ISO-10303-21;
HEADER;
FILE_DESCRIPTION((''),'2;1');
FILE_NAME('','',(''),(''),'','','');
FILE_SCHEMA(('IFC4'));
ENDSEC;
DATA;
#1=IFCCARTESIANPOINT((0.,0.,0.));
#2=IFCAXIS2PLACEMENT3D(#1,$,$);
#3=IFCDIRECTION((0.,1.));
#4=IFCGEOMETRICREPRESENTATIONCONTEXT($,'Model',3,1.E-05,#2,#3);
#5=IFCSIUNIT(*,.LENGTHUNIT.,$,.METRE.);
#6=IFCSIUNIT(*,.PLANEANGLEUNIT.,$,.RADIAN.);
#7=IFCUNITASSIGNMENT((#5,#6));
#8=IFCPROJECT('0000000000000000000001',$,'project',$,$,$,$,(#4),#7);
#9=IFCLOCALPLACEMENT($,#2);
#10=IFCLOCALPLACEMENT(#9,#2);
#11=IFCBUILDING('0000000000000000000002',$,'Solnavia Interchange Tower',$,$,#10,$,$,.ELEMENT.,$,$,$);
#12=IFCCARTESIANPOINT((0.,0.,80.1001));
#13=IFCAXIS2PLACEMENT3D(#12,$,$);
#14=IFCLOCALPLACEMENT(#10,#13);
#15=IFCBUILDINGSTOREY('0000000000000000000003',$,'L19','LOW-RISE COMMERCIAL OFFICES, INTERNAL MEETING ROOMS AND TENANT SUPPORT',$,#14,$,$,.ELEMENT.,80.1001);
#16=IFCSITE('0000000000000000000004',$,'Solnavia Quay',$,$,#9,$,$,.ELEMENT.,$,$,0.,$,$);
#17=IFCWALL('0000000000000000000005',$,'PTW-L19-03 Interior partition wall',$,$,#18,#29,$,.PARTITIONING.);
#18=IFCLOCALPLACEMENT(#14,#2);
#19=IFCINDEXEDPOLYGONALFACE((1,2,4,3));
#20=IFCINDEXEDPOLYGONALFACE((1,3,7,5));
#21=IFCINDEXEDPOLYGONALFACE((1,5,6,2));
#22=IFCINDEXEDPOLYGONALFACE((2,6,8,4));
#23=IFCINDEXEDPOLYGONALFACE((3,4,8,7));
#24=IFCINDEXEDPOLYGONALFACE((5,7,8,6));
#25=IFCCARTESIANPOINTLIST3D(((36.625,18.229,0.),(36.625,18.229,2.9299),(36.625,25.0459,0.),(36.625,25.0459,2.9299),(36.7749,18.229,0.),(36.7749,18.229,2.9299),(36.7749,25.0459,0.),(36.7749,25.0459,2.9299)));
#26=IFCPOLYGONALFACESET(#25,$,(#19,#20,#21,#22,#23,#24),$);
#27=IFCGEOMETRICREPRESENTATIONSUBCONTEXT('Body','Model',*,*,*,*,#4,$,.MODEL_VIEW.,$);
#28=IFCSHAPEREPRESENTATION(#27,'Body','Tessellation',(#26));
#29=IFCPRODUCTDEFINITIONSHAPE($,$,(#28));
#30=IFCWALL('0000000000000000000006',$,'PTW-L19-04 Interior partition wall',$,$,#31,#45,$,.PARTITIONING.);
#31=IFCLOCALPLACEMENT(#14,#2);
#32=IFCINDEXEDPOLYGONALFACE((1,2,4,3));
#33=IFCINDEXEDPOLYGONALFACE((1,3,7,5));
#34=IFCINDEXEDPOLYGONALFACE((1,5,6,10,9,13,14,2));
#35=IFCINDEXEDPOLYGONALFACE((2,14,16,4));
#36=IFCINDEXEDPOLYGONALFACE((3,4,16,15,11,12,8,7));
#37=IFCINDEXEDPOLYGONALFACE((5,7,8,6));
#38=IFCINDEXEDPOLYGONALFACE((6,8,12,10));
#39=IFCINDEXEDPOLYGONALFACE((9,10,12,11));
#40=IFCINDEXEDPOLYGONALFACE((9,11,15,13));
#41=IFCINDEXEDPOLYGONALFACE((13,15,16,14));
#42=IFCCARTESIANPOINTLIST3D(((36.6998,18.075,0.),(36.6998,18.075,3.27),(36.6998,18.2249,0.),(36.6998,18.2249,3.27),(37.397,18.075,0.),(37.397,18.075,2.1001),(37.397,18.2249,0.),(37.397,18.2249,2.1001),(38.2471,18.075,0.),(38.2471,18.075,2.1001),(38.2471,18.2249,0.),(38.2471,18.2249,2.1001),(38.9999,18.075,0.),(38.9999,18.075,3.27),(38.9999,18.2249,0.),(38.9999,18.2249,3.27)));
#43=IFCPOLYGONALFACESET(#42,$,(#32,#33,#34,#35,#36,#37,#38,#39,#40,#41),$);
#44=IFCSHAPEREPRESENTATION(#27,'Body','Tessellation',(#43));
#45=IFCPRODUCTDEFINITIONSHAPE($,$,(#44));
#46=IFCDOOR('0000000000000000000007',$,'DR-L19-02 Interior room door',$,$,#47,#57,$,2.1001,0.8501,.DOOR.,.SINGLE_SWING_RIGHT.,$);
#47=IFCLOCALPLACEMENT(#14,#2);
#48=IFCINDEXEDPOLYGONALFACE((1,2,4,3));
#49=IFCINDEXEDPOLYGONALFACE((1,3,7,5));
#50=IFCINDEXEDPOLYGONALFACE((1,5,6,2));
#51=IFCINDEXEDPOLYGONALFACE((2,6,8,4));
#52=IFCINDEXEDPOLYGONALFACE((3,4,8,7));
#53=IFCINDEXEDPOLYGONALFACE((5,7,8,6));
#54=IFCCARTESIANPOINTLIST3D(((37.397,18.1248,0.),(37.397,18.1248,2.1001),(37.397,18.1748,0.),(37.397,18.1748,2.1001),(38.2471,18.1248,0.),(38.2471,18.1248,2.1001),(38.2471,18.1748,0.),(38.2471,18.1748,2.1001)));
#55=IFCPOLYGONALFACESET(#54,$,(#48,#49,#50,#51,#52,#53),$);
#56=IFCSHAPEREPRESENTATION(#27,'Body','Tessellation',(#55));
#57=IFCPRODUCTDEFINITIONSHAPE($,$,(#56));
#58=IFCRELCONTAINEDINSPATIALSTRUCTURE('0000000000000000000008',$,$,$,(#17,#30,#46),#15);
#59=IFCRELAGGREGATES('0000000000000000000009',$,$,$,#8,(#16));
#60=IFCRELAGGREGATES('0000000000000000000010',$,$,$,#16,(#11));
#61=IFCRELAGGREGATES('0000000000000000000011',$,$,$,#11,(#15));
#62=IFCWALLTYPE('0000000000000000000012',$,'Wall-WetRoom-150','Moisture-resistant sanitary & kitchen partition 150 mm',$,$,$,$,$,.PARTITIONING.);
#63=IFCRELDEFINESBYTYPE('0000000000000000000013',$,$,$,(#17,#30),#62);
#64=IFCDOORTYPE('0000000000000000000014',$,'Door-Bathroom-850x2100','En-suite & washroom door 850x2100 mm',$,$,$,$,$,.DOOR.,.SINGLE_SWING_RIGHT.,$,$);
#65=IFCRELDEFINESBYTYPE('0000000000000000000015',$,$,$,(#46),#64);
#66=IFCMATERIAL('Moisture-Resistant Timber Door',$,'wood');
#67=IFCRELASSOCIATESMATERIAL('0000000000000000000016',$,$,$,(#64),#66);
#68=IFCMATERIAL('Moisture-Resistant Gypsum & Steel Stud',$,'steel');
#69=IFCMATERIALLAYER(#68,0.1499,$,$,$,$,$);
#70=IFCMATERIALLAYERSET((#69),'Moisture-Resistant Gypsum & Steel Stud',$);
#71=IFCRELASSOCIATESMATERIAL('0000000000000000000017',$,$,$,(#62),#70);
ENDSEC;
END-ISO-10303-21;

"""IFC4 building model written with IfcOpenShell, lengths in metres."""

from ifc_helpers import new_model, si_unit, direction, frame, frame_2d, origin, place, context, subcontext, project, spatial, rectangle, extrude, material, layer, layer_set, type_object, element, fill, save


model = new_model("IFC4")

# Units and contexts
model_context = context("Model", 3, precision=1e-05, world=origin(), true_north=direction((0.0, 1.0)))
body_context = subcontext(model_context, "Body", "Model", "MODEL_VIEW")
ifc_project = project(units=[si_unit("LENGTHUNIT", "METRE"), si_unit("PLANEANGLEUNIT", "RADIAN")], contexts=[model_context])

# Site, building, storey
site_placement = place(None, origin())
site = spatial("IfcSite", under=ifc_project, at=site_placement, Name="Solnavia Quay", CompositionType="ELEMENT", RefElevation=0.0)
building_placement = place(site_placement, origin())
building = spatial("IfcBuilding", under=site, at=building_placement, Name="Solnavia Interchange Tower", CompositionType="ELEMENT")
storey_placement = place(building_placement, frame((0.0, 0.0, 80.1001)))
storey = spatial("IfcBuildingStorey", under=building, at=storey_placement, Name="L19", Description="LOW-RISE COMMERCIAL OFFICES, INTERNAL MEETING ROOMS AND TENANT SUPPORT", CompositionType="ELEMENT", Elevation=80.1001)

# Shared definitions
ifc_material_1 = material(Name="Moisture-Resistant Timber Door", Category="wood")
door_type_1 = type_object("IfcDoorType", Name="Door-Bathroom-850x2100", Description="En-suite & washroom door 850x2100 mm", OperationType="SINGLE_SWING_RIGHT", PredefinedType="DOOR", material=ifc_material_1)

# Shared definitions
ifc_material_2 = material(Name="Moisture-Resistant Gypsum & Steel Stud", Category="steel")
ifc_layer_1 = layer(ifc_material_2, 0.1499)
ifc_layer_set_1 = layer_set([ifc_layer_1], Name="Moisture-Resistant Gypsum & Steel Stud")
wall_type_1 = type_object("IfcWallType", Name="Wall-WetRoom-150", Description="Moisture-resistant sanitary & kitchen partition 150 mm", PredefinedType="PARTITIONING", material=ifc_layer_set_1)

# Wall
wall_1_placement = place(storey_placement, frame((36.7, 18.229, 0.0), z_axis=(0.0, 0.0, 1.0), x_axis=(0.0, 1.0, 0.0)))
element("IfcWall", 1, at=wall_1_placement, inside=storey, type_object=wall_type_1, Name="PTW-L19-03 Interior partition wall", PredefinedType="PARTITIONING", context=body_context, shape_type="SweptSolid", body=[
    extrude(rectangle(XDim=6.8169, YDim=0.1499, at=frame_2d((3.4084, 0.0))), origin(), (0.0, 0.0, 1.0), 2.9299),
])

# Wall, opening, door
wall_2_placement = place(storey_placement, frame((36.7, 18.1499, 0.0), z_axis=(0.0, 0.0, 1.0), x_axis=(1.0, 0.0, 0.0)))
wall_2 = element("IfcWall", 2, at=wall_2_placement, inside=storey, type_object=wall_type_1, Name="PTW-L19-04 Interior partition wall", PredefinedType="PARTITIONING", context=body_context, shape_type="SweptSolid", body=[
    extrude(rectangle(XDim=2.3, YDim=0.1499, at=frame_2d((1.1499, 0.0))), origin(), (0.0, 0.0, 1.0), 3.27),
])
opening_1_placement = place(wall_2_placement, frame((0.697, 0.0, 0.0)))
opening_1 = element("IfcOpeningElement", 3, at=opening_1_placement, cuts=wall_2, PredefinedType="OPENING", context=body_context, shape_type="SweptSolid", body=[
    extrude(rectangle(XDim=0.8501, YDim=2.1001, at=frame_2d((0.425, 1.05))), frame((0.0, 0.085, 0.0), z_axis=(0.0, -1.0, 0.0), x_axis=(1.0, 0.0, 0.0)), (0.0, 0.0, 1.0), 0.1699),
])
door_1_placement = place(opening_1_placement, origin())
door_1 = element("IfcDoor", 4, at=door_1_placement, inside=storey, type_object=door_type_1, Name="DR-L19-02 Interior room door", OperationType="SINGLE_SWING_RIGHT", OverallHeight=2.1001, OverallWidth=0.8501, PredefinedType="DOOR", context=body_context, shape_type="SweptSolid", body=[
    extrude(rectangle(XDim=0.8501, YDim=2.1001, at=frame_2d((0.425, 1.05))), frame((0.0, 0.0249, 0.0), z_axis=(0.0, -1.0, 0.0), x_axis=(1.0, 0.0, 0.0)), (0.0, 0.0, 1.0), 0.05),
])
fill(opening_1, door_1)

save(model, "model.ifc")
